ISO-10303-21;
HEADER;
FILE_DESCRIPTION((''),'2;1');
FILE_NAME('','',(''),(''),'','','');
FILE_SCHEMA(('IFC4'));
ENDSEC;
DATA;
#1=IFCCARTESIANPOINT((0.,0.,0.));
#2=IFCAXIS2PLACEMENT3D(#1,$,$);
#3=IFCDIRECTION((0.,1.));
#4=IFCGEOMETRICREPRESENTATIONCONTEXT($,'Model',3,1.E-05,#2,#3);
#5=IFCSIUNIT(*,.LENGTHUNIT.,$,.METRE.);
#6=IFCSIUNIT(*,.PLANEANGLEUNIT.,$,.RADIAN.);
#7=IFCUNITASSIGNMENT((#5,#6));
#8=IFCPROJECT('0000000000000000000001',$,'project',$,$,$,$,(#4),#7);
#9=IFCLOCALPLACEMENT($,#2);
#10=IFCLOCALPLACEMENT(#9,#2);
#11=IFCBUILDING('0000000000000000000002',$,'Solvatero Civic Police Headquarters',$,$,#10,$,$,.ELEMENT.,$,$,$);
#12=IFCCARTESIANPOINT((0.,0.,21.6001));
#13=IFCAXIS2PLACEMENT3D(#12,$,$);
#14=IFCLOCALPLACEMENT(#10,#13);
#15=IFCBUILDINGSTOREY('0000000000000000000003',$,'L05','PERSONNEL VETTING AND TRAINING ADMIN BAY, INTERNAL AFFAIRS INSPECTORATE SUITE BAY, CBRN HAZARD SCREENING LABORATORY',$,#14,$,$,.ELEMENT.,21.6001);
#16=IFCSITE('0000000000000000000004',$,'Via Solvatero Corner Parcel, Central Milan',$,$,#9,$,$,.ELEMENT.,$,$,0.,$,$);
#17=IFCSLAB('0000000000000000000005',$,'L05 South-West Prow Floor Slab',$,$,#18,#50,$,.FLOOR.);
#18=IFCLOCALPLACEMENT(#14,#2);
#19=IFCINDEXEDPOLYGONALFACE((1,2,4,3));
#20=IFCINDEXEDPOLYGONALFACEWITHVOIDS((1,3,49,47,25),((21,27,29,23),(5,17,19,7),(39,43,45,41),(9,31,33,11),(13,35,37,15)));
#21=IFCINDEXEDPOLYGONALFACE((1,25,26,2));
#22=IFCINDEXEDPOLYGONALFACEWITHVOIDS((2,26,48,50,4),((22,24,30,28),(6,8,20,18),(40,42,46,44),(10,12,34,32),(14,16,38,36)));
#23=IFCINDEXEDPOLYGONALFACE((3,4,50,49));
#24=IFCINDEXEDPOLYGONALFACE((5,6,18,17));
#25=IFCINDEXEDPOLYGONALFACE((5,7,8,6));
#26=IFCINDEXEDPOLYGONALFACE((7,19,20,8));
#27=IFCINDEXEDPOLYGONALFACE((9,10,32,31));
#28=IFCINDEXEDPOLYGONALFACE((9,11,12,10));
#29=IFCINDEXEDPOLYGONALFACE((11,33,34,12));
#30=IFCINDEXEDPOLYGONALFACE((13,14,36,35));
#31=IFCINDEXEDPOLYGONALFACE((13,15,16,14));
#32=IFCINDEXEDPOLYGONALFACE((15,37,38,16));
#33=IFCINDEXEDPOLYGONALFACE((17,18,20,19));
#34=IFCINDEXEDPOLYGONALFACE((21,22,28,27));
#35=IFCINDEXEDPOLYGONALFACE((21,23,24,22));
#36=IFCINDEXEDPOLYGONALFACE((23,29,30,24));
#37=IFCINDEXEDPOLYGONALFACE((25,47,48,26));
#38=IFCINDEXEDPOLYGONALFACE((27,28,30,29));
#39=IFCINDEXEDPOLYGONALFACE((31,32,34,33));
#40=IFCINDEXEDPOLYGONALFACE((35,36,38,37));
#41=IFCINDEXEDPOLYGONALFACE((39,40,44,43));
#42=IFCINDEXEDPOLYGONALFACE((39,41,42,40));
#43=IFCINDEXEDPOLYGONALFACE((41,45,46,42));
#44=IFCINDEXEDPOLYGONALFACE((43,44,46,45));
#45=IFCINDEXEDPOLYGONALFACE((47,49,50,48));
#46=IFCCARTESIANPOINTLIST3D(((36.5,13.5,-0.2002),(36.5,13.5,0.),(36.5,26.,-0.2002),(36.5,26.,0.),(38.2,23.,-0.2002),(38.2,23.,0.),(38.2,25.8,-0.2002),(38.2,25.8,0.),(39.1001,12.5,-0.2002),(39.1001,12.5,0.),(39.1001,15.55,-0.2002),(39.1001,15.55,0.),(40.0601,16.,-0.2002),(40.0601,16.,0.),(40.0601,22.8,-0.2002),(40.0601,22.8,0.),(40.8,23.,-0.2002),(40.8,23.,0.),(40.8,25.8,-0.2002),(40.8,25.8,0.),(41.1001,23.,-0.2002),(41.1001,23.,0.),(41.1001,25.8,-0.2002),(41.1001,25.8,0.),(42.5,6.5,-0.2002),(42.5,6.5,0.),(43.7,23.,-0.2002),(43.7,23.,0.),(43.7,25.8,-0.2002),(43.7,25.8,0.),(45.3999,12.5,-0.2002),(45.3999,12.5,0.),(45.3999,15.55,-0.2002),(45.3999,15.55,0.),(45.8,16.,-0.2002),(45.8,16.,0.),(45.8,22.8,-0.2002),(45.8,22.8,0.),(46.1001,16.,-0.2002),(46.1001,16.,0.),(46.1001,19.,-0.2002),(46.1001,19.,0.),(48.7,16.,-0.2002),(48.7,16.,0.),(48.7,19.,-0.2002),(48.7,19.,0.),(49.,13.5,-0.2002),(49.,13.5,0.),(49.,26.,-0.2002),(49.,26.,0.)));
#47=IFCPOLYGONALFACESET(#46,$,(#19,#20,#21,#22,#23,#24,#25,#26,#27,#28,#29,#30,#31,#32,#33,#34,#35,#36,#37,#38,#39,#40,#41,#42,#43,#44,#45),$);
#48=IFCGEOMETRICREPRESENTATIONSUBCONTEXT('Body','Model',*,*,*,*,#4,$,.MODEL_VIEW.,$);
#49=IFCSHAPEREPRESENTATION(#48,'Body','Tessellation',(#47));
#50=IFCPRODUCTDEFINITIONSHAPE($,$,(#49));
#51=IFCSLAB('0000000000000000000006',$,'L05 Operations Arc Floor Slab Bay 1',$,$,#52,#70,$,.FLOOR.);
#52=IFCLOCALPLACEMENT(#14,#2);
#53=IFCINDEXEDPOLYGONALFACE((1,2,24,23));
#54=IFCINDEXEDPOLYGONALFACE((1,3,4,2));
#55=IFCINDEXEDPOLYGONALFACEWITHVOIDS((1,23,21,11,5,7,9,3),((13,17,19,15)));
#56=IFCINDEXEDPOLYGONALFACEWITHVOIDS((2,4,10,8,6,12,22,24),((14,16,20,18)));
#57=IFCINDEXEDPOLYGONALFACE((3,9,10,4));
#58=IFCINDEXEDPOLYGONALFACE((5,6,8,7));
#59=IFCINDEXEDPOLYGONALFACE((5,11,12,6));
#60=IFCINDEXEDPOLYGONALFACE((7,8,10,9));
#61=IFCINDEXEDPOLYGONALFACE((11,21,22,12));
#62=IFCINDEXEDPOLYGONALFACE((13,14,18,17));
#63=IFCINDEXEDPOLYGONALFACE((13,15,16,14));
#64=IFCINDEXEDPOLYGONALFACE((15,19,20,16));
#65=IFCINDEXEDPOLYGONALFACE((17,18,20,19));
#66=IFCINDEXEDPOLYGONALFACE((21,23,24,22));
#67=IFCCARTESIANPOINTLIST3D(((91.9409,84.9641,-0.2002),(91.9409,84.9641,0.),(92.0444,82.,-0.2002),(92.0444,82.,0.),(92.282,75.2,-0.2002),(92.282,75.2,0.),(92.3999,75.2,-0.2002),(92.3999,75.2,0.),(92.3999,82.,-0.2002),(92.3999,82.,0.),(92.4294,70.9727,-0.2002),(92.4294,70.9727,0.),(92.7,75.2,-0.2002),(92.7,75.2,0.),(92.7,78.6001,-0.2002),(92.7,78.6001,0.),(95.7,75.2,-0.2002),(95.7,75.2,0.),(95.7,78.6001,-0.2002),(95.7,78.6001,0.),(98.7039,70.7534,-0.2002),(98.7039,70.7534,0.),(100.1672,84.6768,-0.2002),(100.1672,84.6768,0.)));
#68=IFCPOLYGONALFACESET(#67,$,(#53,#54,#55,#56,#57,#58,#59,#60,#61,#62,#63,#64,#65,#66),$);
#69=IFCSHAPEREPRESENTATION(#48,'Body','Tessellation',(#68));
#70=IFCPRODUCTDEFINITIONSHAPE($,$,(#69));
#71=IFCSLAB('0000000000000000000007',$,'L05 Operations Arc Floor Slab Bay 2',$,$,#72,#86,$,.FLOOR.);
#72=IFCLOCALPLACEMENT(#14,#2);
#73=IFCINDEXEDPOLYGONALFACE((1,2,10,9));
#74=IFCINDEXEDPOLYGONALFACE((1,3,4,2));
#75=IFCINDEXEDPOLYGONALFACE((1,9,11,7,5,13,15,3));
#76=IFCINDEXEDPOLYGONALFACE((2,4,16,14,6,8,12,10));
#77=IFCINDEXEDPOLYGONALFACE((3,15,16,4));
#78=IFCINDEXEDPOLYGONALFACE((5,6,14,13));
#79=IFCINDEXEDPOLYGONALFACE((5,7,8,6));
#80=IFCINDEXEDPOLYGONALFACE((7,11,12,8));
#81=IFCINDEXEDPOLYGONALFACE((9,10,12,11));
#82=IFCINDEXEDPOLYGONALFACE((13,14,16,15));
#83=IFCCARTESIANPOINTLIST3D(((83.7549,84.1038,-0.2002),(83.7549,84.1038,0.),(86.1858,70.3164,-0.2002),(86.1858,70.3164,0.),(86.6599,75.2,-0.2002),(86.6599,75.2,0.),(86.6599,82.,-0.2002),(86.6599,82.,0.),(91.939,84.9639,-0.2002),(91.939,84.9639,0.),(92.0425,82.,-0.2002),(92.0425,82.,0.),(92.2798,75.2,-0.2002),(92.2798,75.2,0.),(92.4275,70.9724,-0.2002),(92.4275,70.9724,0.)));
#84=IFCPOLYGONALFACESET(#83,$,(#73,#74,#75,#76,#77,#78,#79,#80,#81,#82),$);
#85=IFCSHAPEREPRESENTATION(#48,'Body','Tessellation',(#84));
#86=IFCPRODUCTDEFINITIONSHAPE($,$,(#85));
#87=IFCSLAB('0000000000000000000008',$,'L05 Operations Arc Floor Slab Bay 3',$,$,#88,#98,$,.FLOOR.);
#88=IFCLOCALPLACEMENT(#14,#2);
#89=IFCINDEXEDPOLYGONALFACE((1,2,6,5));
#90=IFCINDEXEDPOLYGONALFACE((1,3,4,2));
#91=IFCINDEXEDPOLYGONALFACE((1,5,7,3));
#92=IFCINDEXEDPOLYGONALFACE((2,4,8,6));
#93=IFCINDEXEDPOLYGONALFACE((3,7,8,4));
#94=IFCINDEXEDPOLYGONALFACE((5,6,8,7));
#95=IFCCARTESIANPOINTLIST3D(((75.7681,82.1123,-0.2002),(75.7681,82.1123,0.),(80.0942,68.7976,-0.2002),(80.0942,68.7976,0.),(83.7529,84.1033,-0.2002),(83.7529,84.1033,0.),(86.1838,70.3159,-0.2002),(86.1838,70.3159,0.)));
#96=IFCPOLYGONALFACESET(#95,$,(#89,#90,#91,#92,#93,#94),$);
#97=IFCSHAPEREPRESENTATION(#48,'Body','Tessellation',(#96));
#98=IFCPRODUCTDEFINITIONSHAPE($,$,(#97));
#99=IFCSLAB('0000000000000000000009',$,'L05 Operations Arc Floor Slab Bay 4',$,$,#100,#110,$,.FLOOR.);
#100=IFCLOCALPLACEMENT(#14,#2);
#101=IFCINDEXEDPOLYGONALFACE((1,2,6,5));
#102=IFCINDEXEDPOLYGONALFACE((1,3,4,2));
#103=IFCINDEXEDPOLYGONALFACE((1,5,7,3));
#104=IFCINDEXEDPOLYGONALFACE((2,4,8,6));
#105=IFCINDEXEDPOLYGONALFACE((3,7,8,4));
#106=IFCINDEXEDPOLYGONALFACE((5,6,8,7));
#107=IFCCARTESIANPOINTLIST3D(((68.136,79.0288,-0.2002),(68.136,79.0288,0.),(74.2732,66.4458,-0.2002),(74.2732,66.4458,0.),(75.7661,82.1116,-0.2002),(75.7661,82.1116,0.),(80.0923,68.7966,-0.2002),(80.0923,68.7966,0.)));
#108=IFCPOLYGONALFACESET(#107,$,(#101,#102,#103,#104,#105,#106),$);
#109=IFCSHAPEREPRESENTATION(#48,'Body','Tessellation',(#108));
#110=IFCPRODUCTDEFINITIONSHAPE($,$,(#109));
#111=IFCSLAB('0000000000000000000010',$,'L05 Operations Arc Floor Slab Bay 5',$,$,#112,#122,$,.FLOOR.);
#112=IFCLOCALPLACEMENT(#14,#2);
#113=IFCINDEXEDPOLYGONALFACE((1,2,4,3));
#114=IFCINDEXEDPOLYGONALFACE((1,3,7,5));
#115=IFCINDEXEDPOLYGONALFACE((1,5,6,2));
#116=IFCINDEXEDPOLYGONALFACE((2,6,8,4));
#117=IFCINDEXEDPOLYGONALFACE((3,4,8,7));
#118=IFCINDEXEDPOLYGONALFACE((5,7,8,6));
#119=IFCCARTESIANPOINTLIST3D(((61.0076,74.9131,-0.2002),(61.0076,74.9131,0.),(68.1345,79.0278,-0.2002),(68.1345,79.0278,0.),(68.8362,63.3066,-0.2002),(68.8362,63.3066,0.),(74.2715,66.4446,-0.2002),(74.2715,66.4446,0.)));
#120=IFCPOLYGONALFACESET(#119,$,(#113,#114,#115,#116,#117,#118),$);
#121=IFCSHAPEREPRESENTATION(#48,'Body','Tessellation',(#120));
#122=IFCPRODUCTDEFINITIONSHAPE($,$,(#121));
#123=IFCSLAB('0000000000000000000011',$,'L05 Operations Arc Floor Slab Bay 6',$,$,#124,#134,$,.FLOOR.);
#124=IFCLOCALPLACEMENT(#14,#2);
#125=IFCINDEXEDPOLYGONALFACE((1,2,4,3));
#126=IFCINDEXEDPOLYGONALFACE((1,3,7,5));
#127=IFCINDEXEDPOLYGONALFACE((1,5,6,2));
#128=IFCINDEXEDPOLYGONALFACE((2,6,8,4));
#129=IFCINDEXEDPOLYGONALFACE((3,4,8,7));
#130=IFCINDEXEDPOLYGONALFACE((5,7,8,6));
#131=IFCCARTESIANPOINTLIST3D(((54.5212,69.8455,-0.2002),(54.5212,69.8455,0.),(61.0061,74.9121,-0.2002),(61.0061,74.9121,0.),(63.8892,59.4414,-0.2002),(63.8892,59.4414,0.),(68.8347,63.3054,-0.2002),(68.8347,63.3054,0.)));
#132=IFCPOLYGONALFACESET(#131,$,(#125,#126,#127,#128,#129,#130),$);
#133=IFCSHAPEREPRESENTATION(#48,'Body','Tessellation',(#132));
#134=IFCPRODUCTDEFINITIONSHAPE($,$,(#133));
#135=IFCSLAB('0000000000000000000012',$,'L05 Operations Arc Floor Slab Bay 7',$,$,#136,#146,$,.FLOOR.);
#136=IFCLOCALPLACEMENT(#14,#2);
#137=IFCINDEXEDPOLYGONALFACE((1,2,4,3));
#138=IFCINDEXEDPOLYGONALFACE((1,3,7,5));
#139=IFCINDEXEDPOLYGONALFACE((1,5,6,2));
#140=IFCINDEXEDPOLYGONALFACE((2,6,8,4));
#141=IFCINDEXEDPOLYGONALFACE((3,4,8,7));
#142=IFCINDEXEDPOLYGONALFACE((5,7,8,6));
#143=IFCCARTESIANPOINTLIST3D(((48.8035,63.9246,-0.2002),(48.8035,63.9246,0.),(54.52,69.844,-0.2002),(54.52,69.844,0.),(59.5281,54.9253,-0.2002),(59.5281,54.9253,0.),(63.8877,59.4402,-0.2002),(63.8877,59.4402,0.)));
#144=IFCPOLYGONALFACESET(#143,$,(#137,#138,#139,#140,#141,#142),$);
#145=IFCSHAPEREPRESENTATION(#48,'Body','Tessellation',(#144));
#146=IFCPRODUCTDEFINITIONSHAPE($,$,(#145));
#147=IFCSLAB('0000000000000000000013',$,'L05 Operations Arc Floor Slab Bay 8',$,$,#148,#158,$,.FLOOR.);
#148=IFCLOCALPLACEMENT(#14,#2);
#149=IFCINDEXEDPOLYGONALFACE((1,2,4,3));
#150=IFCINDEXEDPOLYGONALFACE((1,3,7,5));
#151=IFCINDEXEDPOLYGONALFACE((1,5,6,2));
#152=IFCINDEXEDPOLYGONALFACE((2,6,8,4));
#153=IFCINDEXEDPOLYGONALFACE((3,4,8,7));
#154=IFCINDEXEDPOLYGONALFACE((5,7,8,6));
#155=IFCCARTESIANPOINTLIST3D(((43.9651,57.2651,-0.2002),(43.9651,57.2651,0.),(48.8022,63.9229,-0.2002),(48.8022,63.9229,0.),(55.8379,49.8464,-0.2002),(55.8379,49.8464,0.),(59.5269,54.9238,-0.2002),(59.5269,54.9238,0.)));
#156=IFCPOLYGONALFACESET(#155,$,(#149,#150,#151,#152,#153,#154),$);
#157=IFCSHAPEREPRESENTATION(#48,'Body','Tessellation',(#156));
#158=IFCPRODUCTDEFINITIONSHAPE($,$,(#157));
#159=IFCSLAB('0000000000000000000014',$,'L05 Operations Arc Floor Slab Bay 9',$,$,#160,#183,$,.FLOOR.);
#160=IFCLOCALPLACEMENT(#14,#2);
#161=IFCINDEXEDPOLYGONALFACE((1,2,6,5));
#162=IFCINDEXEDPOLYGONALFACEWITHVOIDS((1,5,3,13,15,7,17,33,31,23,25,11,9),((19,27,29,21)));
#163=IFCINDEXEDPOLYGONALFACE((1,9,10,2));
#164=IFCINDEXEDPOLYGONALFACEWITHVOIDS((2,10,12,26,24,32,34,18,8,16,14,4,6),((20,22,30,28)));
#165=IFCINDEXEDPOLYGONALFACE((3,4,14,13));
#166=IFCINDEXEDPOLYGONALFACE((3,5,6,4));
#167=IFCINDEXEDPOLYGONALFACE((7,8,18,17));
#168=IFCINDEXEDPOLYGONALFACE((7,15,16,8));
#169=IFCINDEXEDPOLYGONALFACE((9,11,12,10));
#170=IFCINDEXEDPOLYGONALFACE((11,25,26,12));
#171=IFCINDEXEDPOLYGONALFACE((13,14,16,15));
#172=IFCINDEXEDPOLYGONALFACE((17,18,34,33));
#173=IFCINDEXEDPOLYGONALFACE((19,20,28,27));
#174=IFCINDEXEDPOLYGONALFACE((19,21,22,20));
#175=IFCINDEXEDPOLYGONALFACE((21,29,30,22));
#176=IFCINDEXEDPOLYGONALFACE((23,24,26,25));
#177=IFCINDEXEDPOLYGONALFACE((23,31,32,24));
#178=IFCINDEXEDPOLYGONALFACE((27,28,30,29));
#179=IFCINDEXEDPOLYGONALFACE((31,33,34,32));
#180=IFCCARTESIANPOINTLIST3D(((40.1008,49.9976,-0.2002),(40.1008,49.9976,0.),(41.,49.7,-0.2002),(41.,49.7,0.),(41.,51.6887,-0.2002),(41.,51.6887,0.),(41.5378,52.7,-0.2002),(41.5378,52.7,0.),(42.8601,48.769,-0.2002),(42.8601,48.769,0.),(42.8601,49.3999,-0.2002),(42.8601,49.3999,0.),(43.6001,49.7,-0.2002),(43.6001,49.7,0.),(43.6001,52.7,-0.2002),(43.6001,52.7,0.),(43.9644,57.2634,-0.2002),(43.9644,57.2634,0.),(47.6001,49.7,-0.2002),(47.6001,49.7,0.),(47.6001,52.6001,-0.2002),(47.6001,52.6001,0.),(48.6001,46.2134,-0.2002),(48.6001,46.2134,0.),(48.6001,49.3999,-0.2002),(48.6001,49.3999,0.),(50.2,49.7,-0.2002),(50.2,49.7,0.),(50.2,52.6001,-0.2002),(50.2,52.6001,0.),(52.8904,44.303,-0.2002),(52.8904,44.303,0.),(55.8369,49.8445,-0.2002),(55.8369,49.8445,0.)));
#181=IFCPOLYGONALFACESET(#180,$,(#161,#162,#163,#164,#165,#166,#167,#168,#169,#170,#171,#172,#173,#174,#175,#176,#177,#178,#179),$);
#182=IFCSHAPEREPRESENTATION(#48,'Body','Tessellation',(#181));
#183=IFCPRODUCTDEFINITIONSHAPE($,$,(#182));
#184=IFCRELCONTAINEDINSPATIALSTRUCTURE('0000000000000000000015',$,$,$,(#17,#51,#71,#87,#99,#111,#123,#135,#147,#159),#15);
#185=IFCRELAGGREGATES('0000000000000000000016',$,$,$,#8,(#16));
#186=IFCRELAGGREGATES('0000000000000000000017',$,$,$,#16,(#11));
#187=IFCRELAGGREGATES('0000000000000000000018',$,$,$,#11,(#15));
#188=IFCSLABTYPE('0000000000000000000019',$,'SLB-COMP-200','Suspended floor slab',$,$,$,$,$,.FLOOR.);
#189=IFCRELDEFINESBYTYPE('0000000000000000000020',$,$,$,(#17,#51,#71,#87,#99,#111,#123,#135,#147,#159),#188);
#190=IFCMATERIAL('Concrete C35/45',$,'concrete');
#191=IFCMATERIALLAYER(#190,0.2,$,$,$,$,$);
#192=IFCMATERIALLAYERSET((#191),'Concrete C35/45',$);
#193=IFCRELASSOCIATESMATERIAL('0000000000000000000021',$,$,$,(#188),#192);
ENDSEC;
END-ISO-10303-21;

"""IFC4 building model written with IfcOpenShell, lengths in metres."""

from ifc_helpers import new_model, si_unit, direction, frame, origin, place, context, subcontext, project, spatial, polyline, outline, extrude, material, layer, layer_set, type_object, element, save


model = new_model("IFC4")

# Units and contexts
model_context = context("Model", 3, precision=1e-05, world=origin(), true_north=direction((0.0, 1.0)))
body_context = subcontext(model_context, "Body", "Model", "MODEL_VIEW")
ifc_project = project(units=[si_unit("LENGTHUNIT", "METRE"), si_unit("PLANEANGLEUNIT", "RADIAN")], contexts=[model_context])

# Site, building, storey
site_placement = place(None, origin())
site = spatial("IfcSite", under=ifc_project, at=site_placement, Name="Via Solvatero Corner Parcel, Central Milan", CompositionType="ELEMENT", RefElevation=0.0)
building_placement = place(site_placement, origin())
building = spatial("IfcBuilding", under=site, at=building_placement, Name="Solvatero Civic Police Headquarters", CompositionType="ELEMENT")
storey_placement = place(building_placement, frame((0.0, 0.0, 21.6001)))
storey = spatial("IfcBuildingStorey", under=building, at=storey_placement, Name="L05", Description="PERSONNEL VETTING AND TRAINING ADMIN BAY, INTERNAL AFFAIRS INSPECTORATE SUITE BAY, CBRN HAZARD SCREENING LABORATORY", CompositionType="ELEMENT", Elevation=21.6001)

# Slabs
ifc_material_1 = material(Name="Concrete C35/45", Category="concrete")
ifc_layer_1 = layer(ifc_material_1, 0.2)
ifc_layer_set_1 = layer_set([ifc_layer_1], Name="Concrete C35/45")
slab_type_1 = type_object("IfcSlabType", Name="SLB-COMP-200", Description="Suspended floor slab", PredefinedType="FLOOR", material=ifc_layer_set_1)
slab_1_placement = place(storey_placement, frame((0.0, 0.0, -0.2002)))
element("IfcSlab", 1, at=slab_1_placement, inside=storey, type_object=slab_type_1, Name="L05 South-West Prow Floor Slab", PredefinedType="FLOOR", context=body_context, shape_type="SweptSolid", body=[
    extrude(outline(polyline([(49.0, 13.5), (42.5, 6.5), (36.5, 13.5), (36.5, 26.0), (49.0, 26.0), (49.0, 13.5)]), holes=[polyline([(39.1001, 12.5), (45.3999, 12.5), (45.3999, 15.55), (39.1001, 15.55), (39.1001, 12.5)]), polyline([(46.1001, 16.0), (48.7, 16.0), (48.7, 19.0), (46.1001, 19.0), (46.1001, 16.0)]), polyline([(40.0601, 16.0), (45.8, 16.0), (45.8, 22.8), (40.0601, 22.8), (40.0601, 16.0)]), polyline([(38.2, 25.8), (38.2, 23.0), (40.8, 23.0), (40.8, 25.8), (38.2, 25.8)]), polyline([(41.1001, 25.8), (41.1001, 23.0), (43.7, 23.0), (43.7, 25.8), (41.1001, 25.8)])]), origin(), (0.0, 0.0, 1.0), 0.2002),
])
slab_2_placement = place(storey_placement, frame((0.0, 0.0, -0.2002)))
element("IfcSlab", 2, at=slab_2_placement, inside=storey, type_object=slab_type_1, Name="L05 Operations Arc Floor Slab Bay 1", PredefinedType="FLOOR", context=body_context, shape_type="SweptSolid", body=[
    extrude(outline(polyline([(98.7039, 70.7534), (92.4294, 70.9727), (92.282, 75.2), (92.3999, 75.2), (92.3999, 82.0), (92.0444, 82.0), (91.9409, 84.9641), (100.1672, 84.6768), (98.7039, 70.7534)]), holes=[polyline([(92.7, 75.2), (95.7, 75.2), (95.7, 78.6001), (92.7, 78.6001), (92.7, 75.2)])]), origin(), (0.0, 0.0, 1.0), 0.2002),
])
slab_3_placement = place(storey_placement, frame((0.0, 0.0, -0.2002)))
element("IfcSlab", 3, at=slab_3_placement, inside=storey, type_object=slab_type_1, Name="L05 Operations Arc Floor Slab Bay 2", PredefinedType="FLOOR", context=body_context, shape_type="SweptSolid", body=[
    extrude(outline(polyline([(83.7549, 84.1038), (91.939, 84.9639), (92.0425, 82.0), (86.6599, 82.0), (86.6599, 75.2), (92.2798, 75.2), (92.4275, 70.9724), (86.1858, 70.3164), (83.7549, 84.1038)])), origin(), (0.0, 0.0, 1.0), 0.2002),
])
slab_4_placement = place(storey_placement, frame((0.0, 0.0, -0.2002)))
element("IfcSlab", 4, at=slab_4_placement, inside=storey, type_object=slab_type_1, Name="L05 Operations Arc Floor Slab Bay 3", PredefinedType="FLOOR", context=body_context, shape_type="SweptSolid", body=[
    extrude(outline(polyline([(83.7529, 84.1033), (86.1838, 70.3159), (80.0942, 68.7976), (75.7681, 82.1123), (83.7529, 84.1033)])), origin(), (0.0, 0.0, 1.0), 0.2002),
])
slab_5_placement = place(storey_placement, frame((0.0, 0.0, -0.2002)))
element("IfcSlab", 5, at=slab_5_placement, inside=storey, type_object=slab_type_1, Name="L05 Operations Arc Floor Slab Bay 4", PredefinedType="FLOOR", context=body_context, shape_type="SweptSolid", body=[
    extrude(outline(polyline([(75.7661, 82.1116), (80.0923, 68.7966), (74.2732, 66.4458), (68.136, 79.0288), (75.7661, 82.1116)])), origin(), (0.0, 0.0, 1.0), 0.2002),
])
slab_6_placement = place(storey_placement, frame((0.0, 0.0, -0.2002)))
element("IfcSlab", 6, at=slab_6_placement, inside=storey, type_object=slab_type_1, Name="L05 Operations Arc Floor Slab Bay 5", PredefinedType="FLOOR", context=body_context, shape_type="SweptSolid", body=[
    extrude(outline(polyline([(68.1345, 79.0278), (74.2715, 66.4446), (68.8362, 63.3066), (61.0076, 74.9131), (68.1345, 79.0278)])), origin(), (0.0, 0.0, 1.0), 0.2002),
])
slab_7_placement = place(storey_placement, frame((0.0, 0.0, -0.2002)))
element("IfcSlab", 7, at=slab_7_placement, inside=storey, type_object=slab_type_1, Name="L05 Operations Arc Floor Slab Bay 6", PredefinedType="FLOOR", context=body_context, shape_type="SweptSolid", body=[
    extrude(outline(polyline([(61.0061, 74.9121), (68.8347, 63.3054), (63.8892, 59.4414), (54.5212, 69.8455), (61.0061, 74.9121)])), origin(), (0.0, 0.0, 1.0), 0.2002),
])
slab_8_placement = place(storey_placement, frame((0.0, 0.0, -0.2002)))
element("IfcSlab", 8, at=slab_8_placement, inside=storey, type_object=slab_type_1, Name="L05 Operations Arc Floor Slab Bay 7", PredefinedType="FLOOR", context=body_context, shape_type="SweptSolid", body=[
    extrude(outline(polyline([(54.52, 69.844), (63.8877, 59.4402), (59.5281, 54.9253), (48.8035, 63.9246), (54.52, 69.844)])), origin(), (0.0, 0.0, 1.0), 0.2002),
])
slab_9_placement = place(storey_placement, frame((0.0, 0.0, -0.2002)))
element("IfcSlab", 9, at=slab_9_placement, inside=storey, type_object=slab_type_1, Name="L05 Operations Arc Floor Slab Bay 8", PredefinedType="FLOOR", context=body_context, shape_type="SweptSolid", body=[
    extrude(outline(polyline([(48.8022, 63.9229), (59.5269, 54.9238), (55.8379, 49.8464), (43.9651, 57.2651), (48.8022, 63.9229)])), origin(), (0.0, 0.0, 1.0), 0.2002),
])
slab_10_placement = place(storey_placement, frame((0.0, 0.0, -0.2002)))
element("IfcSlab", 10, at=slab_10_placement, inside=storey, type_object=slab_type_1, Name="L05 Operations Arc Floor Slab Bay 9", PredefinedType="FLOOR", context=body_context, shape_type="SweptSolid", body=[
    extrude(outline(polyline([(52.8904, 44.303), (48.6001, 46.2134), (48.6001, 49.3999), (42.8601, 49.3999), (42.8601, 48.769), (40.1008, 49.9976), (41.0, 51.6887), (41.0, 49.7), (43.6001, 49.7), (43.6001, 52.7), (41.5378, 52.7), (43.9644, 57.2634), (55.8369, 49.8445), (52.8904, 44.303)]), holes=[polyline([(50.2, 49.7), (50.2, 52.6001), (47.6001, 52.6001), (47.6001, 49.7), (50.2, 49.7)])]), origin(), (0.0, 0.0, 1.0), 0.2002),
])

save(model, "model.ifc")
